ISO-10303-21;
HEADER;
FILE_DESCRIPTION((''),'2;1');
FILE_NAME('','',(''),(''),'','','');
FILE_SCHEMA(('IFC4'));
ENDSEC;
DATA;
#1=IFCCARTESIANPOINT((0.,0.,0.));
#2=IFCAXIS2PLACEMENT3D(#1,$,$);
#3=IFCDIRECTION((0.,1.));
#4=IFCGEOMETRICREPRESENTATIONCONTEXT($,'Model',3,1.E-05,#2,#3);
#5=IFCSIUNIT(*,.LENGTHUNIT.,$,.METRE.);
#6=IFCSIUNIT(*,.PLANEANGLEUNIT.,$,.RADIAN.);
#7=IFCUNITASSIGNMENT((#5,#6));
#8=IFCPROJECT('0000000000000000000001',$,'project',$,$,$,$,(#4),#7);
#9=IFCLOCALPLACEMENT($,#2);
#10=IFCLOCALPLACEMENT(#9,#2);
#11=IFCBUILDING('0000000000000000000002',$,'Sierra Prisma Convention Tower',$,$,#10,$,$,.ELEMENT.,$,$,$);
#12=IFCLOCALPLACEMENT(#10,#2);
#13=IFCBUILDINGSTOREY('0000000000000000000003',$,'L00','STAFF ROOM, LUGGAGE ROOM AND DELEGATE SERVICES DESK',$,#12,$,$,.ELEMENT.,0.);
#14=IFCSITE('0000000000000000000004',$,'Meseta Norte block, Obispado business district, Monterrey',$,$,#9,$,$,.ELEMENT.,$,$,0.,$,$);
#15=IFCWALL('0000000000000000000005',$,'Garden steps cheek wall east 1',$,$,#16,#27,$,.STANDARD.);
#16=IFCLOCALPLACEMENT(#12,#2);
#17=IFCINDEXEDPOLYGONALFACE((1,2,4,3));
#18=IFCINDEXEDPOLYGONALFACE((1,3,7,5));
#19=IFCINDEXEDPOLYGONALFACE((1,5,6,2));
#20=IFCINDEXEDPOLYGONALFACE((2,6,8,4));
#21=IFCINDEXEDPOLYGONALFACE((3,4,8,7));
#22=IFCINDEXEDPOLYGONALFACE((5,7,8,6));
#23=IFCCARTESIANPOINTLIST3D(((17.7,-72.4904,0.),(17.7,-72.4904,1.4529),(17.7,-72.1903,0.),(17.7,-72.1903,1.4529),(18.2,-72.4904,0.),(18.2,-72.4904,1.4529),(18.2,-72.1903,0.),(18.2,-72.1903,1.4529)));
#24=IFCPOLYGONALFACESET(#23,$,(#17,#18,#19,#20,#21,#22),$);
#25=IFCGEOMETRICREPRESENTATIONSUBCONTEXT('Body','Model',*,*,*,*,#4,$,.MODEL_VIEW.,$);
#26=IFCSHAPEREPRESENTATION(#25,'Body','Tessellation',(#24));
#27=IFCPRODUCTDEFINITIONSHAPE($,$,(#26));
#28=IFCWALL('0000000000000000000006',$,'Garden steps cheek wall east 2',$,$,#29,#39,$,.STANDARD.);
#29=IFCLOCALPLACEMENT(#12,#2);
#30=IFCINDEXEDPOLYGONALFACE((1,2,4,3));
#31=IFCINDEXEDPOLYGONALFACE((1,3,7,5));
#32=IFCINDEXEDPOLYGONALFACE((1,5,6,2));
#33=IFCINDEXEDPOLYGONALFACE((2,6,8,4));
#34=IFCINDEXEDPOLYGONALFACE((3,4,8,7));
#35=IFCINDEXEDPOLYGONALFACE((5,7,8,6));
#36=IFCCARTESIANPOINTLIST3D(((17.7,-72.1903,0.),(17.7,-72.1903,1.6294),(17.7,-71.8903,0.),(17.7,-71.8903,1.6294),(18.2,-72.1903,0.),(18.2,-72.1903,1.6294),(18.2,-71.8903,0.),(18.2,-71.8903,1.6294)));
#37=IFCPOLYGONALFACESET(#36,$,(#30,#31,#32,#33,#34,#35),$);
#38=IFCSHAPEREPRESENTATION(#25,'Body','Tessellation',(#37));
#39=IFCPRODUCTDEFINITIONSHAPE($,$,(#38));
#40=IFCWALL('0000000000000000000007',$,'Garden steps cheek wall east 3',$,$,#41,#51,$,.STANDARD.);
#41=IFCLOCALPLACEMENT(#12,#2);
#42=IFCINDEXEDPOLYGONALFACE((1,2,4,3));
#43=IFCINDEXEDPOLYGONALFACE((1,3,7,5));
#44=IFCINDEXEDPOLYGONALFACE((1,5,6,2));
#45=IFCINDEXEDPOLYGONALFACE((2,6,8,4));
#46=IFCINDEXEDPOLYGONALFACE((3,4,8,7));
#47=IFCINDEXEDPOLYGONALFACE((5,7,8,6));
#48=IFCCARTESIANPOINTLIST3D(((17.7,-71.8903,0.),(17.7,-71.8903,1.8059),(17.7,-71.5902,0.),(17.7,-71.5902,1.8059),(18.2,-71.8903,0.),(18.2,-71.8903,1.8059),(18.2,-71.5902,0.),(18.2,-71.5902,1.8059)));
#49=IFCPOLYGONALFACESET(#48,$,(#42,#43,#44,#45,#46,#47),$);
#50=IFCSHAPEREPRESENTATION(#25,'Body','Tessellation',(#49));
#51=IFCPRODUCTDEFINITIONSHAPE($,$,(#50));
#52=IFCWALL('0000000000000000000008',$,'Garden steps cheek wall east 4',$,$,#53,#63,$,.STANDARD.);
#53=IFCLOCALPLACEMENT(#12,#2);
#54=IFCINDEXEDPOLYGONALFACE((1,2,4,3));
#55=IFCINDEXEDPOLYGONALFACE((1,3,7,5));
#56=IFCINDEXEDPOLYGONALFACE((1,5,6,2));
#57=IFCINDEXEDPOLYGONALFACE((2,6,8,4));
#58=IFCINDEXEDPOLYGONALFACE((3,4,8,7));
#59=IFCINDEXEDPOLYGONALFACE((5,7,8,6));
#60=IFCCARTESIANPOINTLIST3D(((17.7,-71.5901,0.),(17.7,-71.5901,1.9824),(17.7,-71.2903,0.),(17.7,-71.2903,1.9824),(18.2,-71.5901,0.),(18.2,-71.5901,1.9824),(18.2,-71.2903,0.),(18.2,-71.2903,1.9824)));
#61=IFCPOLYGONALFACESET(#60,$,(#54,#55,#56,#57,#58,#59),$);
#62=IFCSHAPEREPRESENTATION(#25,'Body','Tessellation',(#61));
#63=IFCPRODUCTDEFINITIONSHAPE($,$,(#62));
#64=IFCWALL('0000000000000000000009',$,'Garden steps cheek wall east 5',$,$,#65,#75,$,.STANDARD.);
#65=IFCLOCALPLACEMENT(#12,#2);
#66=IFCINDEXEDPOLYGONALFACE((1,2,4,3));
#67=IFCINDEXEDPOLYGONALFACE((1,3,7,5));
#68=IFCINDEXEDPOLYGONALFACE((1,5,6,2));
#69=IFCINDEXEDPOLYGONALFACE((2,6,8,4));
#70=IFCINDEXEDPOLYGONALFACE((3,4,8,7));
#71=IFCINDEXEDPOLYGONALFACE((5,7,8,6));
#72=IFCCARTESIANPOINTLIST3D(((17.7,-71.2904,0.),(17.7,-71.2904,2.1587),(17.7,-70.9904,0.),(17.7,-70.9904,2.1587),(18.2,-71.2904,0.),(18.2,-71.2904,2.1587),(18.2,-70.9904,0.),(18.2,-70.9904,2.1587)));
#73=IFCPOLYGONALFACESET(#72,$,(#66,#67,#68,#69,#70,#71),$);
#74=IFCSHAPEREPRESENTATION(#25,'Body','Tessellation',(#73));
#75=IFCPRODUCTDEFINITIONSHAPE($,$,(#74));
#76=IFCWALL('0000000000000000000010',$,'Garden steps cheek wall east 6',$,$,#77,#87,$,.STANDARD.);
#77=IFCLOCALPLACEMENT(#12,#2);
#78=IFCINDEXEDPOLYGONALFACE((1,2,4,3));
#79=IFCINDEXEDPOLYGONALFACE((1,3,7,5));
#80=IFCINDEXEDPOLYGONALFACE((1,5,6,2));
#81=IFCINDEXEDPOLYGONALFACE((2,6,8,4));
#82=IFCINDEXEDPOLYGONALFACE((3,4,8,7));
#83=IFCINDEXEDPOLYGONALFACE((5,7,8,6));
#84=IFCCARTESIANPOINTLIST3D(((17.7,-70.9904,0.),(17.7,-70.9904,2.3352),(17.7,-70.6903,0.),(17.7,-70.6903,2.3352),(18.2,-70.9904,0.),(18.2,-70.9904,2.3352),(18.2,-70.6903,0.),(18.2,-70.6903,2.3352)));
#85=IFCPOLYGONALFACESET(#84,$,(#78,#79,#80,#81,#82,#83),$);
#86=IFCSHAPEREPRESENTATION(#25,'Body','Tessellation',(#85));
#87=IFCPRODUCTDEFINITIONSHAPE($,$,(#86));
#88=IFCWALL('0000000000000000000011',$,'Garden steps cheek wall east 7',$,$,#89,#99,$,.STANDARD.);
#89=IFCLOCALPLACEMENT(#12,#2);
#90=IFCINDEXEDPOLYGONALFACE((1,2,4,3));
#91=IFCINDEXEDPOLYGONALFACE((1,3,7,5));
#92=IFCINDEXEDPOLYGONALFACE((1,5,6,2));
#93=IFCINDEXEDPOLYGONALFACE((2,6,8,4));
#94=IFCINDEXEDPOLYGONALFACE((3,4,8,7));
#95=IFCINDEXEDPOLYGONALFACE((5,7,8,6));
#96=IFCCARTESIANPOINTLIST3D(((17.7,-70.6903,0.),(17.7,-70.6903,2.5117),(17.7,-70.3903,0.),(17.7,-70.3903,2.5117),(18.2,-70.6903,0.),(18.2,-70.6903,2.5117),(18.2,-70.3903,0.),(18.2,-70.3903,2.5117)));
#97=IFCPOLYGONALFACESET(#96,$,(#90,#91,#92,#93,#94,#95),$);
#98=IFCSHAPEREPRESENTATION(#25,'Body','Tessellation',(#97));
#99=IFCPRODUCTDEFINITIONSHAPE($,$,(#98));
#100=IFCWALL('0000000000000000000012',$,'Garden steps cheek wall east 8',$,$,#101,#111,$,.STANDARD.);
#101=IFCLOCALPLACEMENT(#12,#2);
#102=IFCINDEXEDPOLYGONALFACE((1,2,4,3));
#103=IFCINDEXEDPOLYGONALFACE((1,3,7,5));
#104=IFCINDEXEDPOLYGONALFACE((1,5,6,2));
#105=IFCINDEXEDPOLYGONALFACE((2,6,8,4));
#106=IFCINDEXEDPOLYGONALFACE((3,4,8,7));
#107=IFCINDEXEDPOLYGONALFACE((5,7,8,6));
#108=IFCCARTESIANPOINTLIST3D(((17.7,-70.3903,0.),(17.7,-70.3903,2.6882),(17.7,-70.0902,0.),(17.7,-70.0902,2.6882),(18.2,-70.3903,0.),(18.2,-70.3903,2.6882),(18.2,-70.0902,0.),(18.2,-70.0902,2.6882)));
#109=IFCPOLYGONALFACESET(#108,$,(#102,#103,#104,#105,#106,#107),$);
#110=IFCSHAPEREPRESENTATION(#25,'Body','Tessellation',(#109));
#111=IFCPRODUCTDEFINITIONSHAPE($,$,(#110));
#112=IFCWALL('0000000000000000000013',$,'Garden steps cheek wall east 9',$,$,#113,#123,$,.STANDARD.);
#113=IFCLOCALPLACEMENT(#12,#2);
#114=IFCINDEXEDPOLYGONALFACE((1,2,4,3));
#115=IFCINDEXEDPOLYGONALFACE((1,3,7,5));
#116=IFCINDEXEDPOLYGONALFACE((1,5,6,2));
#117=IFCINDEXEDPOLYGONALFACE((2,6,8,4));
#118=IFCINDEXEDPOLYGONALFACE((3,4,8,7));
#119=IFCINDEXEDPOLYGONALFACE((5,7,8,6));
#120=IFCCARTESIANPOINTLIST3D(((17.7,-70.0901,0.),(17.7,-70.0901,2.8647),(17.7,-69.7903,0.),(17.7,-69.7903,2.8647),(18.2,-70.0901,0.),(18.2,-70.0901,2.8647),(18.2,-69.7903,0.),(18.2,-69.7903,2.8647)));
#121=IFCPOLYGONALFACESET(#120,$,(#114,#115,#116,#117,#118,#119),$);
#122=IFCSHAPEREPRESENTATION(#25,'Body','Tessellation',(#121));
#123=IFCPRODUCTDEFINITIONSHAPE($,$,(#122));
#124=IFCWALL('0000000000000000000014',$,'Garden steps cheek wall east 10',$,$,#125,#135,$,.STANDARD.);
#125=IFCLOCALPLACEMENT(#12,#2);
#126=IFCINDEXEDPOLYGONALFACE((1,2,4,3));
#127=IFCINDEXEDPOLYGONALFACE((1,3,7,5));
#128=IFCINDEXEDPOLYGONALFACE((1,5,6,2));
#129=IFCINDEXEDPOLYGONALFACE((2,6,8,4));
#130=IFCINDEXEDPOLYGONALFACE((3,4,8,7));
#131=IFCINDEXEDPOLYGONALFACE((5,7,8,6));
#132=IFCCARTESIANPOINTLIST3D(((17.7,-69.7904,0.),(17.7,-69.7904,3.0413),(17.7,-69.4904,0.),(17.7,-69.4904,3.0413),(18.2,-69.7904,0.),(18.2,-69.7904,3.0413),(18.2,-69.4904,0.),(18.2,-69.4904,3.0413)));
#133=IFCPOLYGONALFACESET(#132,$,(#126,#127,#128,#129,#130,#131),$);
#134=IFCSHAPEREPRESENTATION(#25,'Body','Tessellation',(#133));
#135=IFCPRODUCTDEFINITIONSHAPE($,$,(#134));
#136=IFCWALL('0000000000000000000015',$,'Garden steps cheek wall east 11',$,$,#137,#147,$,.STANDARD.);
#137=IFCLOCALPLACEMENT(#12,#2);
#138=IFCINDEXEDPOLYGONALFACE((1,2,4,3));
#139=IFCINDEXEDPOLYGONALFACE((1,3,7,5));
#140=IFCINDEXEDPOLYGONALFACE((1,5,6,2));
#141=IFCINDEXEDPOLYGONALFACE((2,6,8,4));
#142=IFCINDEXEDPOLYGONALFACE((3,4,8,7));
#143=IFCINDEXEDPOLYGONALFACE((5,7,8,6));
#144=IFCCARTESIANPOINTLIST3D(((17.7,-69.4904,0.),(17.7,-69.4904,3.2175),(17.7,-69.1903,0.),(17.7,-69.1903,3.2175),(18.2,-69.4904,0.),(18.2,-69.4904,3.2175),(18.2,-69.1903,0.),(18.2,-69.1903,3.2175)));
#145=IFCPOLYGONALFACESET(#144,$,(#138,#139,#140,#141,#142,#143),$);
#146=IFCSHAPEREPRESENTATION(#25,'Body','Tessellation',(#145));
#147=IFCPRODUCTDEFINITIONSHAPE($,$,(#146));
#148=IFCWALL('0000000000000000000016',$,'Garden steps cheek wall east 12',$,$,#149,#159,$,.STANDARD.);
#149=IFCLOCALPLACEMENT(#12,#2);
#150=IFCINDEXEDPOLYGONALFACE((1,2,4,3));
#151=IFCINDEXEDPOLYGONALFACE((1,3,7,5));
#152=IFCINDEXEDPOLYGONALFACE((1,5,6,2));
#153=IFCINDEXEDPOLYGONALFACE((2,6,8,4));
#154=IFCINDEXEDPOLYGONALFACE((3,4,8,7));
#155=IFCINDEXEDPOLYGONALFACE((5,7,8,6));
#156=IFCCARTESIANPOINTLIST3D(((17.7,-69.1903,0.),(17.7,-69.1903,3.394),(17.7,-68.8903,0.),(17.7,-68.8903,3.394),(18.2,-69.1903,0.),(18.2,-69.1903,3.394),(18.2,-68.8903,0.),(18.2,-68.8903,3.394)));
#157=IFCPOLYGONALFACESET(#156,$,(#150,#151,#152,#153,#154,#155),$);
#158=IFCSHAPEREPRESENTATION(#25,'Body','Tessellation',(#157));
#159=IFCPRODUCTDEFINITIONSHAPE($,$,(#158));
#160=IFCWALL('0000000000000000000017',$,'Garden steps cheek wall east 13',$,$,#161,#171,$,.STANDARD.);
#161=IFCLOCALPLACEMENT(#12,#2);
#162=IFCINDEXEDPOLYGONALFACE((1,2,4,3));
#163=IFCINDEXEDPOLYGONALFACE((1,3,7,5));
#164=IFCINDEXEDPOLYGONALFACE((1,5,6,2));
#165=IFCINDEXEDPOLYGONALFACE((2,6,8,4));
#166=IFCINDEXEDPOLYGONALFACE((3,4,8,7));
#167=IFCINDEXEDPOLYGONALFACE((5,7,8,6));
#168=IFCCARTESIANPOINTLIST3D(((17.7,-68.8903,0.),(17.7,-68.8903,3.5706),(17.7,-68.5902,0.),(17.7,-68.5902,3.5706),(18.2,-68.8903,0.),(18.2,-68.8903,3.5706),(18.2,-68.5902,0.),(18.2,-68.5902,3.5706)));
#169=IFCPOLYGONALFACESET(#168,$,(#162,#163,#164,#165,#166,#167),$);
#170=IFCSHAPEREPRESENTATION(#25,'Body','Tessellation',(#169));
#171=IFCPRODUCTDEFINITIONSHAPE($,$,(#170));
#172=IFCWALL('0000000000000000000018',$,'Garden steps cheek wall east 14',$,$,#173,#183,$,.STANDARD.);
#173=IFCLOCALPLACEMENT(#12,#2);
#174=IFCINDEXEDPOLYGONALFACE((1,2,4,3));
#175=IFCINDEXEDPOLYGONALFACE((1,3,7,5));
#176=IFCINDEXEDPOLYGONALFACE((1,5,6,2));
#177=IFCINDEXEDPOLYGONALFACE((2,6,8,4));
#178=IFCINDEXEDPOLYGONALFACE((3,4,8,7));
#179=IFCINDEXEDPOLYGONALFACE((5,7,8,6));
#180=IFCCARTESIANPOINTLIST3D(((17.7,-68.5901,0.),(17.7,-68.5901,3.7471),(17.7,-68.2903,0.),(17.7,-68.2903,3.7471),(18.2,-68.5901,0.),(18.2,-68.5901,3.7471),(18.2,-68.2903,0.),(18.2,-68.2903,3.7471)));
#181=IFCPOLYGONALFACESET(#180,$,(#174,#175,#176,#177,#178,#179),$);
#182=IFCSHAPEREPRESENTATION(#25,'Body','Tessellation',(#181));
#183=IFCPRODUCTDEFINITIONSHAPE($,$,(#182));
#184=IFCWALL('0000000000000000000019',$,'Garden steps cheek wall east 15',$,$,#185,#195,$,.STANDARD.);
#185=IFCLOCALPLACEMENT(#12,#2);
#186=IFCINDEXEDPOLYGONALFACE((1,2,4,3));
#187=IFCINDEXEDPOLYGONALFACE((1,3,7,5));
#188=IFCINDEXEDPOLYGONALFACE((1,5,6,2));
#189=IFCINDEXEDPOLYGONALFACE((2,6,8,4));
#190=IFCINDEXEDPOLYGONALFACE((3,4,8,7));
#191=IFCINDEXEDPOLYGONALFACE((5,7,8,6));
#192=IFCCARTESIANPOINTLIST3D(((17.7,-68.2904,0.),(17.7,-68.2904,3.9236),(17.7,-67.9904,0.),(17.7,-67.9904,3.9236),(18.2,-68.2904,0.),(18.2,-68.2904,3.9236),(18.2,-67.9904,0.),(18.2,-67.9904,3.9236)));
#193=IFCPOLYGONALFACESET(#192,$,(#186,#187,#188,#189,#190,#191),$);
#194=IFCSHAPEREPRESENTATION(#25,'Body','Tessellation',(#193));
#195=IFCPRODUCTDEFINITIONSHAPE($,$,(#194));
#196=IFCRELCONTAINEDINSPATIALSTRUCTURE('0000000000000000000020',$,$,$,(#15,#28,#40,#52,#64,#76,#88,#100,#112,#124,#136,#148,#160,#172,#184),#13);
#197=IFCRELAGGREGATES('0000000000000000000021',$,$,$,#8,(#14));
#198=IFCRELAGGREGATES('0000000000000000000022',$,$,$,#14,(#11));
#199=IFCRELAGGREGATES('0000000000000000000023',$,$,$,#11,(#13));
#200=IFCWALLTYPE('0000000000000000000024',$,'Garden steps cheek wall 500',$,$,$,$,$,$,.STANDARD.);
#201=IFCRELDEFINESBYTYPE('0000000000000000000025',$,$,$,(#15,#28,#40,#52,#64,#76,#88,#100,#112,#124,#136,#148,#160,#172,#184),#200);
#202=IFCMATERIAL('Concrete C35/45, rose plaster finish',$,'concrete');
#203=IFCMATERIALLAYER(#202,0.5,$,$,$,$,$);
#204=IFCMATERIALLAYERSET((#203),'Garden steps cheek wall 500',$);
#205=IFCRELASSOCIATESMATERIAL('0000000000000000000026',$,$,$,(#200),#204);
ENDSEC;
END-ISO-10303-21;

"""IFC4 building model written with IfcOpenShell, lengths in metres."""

from ifc_helpers import new_model, si_unit, direction, frame, frame_2d, origin, place, context, subcontext, project, spatial, rectangle, extrude, material, layer, layer_set, type_object, element, save


model = new_model("IFC4")

# Units and contexts
model_context = context("Model", 3, precision=1e-05, world=origin(), true_north=direction((0.0, 1.0)))
body_context = subcontext(model_context, "Body", "Model", "MODEL_VIEW")
ifc_project = project(units=[si_unit("LENGTHUNIT", "METRE"), si_unit("PLANEANGLEUNIT", "RADIAN")], contexts=[model_context])

# Site, building, storey
site_placement = place(None, origin())
site = spatial("IfcSite", under=ifc_project, at=site_placement, Name="Meseta Norte block, Obispado business district, Monterrey", CompositionType="ELEMENT", RefElevation=0.0)
building_placement = place(site_placement, origin())
building = spatial("IfcBuilding", under=site, at=building_placement, Name="Sierra Prisma Convention Tower", CompositionType="ELEMENT")
storey_placement = place(building_placement, origin())
storey = spatial("IfcBuildingStorey", under=building, at=storey_placement, Name="L00", Description="STAFF ROOM, LUGGAGE ROOM AND DELEGATE SERVICES DESK", CompositionType="ELEMENT", Elevation=0.0)

# Walls
ifc_material_1 = material(Name="Concrete C35/45, rose plaster finish", Category="concrete")
ifc_layer_1 = layer(ifc_material_1, 0.5)
ifc_layer_set_1 = layer_set([ifc_layer_1], Name="Garden steps cheek wall 500")
wall_type_1 = type_object("IfcWallType", Name="Garden steps cheek wall 500", PredefinedType="STANDARD", material=ifc_layer_set_1)
wall_1_placement = place(storey_placement, frame((17.95, -72.4902, 0.0), z_axis=(0.0, 0.0, 1.0), x_axis=(0.0, 1.0, 0.0)))
element("IfcWall", 1, at=wall_1_placement, inside=storey, type_object=wall_type_1, Name="Garden steps cheek wall east 1", PredefinedType="STANDARD", context=body_context, shape_type="SweptSolid", body=[
    extrude(rectangle(XDim=0.3, YDim=0.5, at=frame_2d((0.1499, 0.0))), origin(), (0.0, 0.0, 1.0), 1.4529),
])
wall_2_placement = place(storey_placement, frame((17.95, -72.1902, 0.0), z_axis=(0.0, 0.0, 1.0), x_axis=(0.0, 1.0, 0.0)))
element("IfcWall", 2, at=wall_2_placement, inside=storey, type_object=wall_type_1, Name="Garden steps cheek wall east 2", PredefinedType="STANDARD", context=body_context, shape_type="SweptSolid", body=[
    extrude(rectangle(XDim=0.3, YDim=0.5, at=frame_2d((0.1499, 0.0))), origin(), (0.0, 0.0, 1.0), 1.6294),
])
wall_3_placement = place(storey_placement, frame((17.95, -71.8901, 0.0), z_axis=(0.0, 0.0, 1.0), x_axis=(0.0, 1.0, 0.0)))
element("IfcWall", 3, at=wall_3_placement, inside=storey, type_object=wall_type_1, Name="Garden steps cheek wall east 3", PredefinedType="STANDARD", context=body_context, shape_type="SweptSolid", body=[
    extrude(rectangle(XDim=0.3, YDim=0.5, at=frame_2d((0.1499, 0.0))), origin(), (0.0, 0.0, 1.0), 1.8059),
])
wall_4_placement = place(storey_placement, frame((17.95, -71.5901, 0.0), z_axis=(0.0, 0.0, 1.0), x_axis=(0.0, 1.0, 0.0)))
element("IfcWall", 4, at=wall_4_placement, inside=storey, type_object=wall_type_1, Name="Garden steps cheek wall east 4", PredefinedType="STANDARD", context=body_context, shape_type="SweptSolid", body=[
    extrude(rectangle(XDim=0.2998, YDim=0.5, at=frame_2d((0.1499, 0.0))), origin(), (0.0, 0.0, 1.0), 1.9824),
])
wall_5_placement = place(storey_placement, frame((17.95, -71.2903, 0.0), z_axis=(0.0, 0.0, 1.0), x_axis=(0.0, 1.0, 0.0)))
element("IfcWall", 5, at=wall_5_placement, inside=storey, type_object=wall_type_1, Name="Garden steps cheek wall east 5", PredefinedType="STANDARD", context=body_context, shape_type="SweptSolid", body=[
    extrude(rectangle(XDim=0.3, YDim=0.5, at=frame_2d((0.1499, 0.0))), origin(), (0.0, 0.0, 1.0), 2.1587),
])
wall_6_placement = place(storey_placement, frame((17.95, -70.9902, 0.0), z_axis=(0.0, 0.0, 1.0), x_axis=(0.0, 1.0, 0.0)))
element("IfcWall", 6, at=wall_6_placement, inside=storey, type_object=wall_type_1, Name="Garden steps cheek wall east 6", PredefinedType="STANDARD", context=body_context, shape_type="SweptSolid", body=[
    extrude(rectangle(XDim=0.3, YDim=0.5, at=frame_2d((0.1499, 0.0))), origin(), (0.0, 0.0, 1.0), 2.3352),
])
wall_7_placement = place(storey_placement, frame((17.95, -70.6902, 0.0), z_axis=(0.0, 0.0, 1.0), x_axis=(0.0, 1.0, 0.0)))
element("IfcWall", 7, at=wall_7_placement, inside=storey, type_object=wall_type_1, Name="Garden steps cheek wall east 7", PredefinedType="STANDARD", context=body_context, shape_type="SweptSolid", body=[
    extrude(rectangle(XDim=0.3, YDim=0.5, at=frame_2d((0.1499, 0.0))), origin(), (0.0, 0.0, 1.0), 2.5117),
])
wall_8_placement = place(storey_placement, frame((17.95, -70.3901, 0.0), z_axis=(0.0, 0.0, 1.0), x_axis=(0.0, 1.0, 0.0)))
element("IfcWall", 8, at=wall_8_placement, inside=storey, type_object=wall_type_1, Name="Garden steps cheek wall east 8", PredefinedType="STANDARD", context=body_context, shape_type="SweptSolid", body=[
    extrude(rectangle(XDim=0.3, YDim=0.5, at=frame_2d((0.1499, 0.0))), origin(), (0.0, 0.0, 1.0), 2.6882),
])
wall_9_placement = place(storey_placement, frame((17.95, -70.0901, 0.0), z_axis=(0.0, 0.0, 1.0), x_axis=(0.0, 1.0, 0.0)))
element("IfcWall", 9, at=wall_9_placement, inside=storey, type_object=wall_type_1, Name="Garden steps cheek wall east 9", PredefinedType="STANDARD", context=body_context, shape_type="SweptSolid", body=[
    extrude(rectangle(XDim=0.2998, YDim=0.5, at=frame_2d((0.1499, 0.0))), origin(), (0.0, 0.0, 1.0), 2.8647),
])
wall_10_placement = place(storey_placement, frame((17.95, -69.7903, 0.0), z_axis=(0.0, 0.0, 1.0), x_axis=(0.0, 1.0, 0.0)))
element("IfcWall", 10, at=wall_10_placement, inside=storey, type_object=wall_type_1, Name="Garden steps cheek wall east 10", PredefinedType="STANDARD", context=body_context, shape_type="SweptSolid", body=[
    extrude(rectangle(XDim=0.3, YDim=0.5, at=frame_2d((0.1499, 0.0))), origin(), (0.0, 0.0, 1.0), 3.0413),
])
wall_11_placement = place(storey_placement, frame((17.95, -69.4902, 0.0), z_axis=(0.0, 0.0, 1.0), x_axis=(0.0, 1.0, 0.0)))
element("IfcWall", 11, at=wall_11_placement, inside=storey, type_object=wall_type_1, Name="Garden steps cheek wall east 11", PredefinedType="STANDARD", context=body_context, shape_type="SweptSolid", body=[
    extrude(rectangle(XDim=0.3, YDim=0.5, at=frame_2d((0.1499, 0.0))), origin(), (0.0, 0.0, 1.0), 3.2175),
])
wall_12_placement = place(storey_placement, frame((17.95, -69.1902, 0.0), z_axis=(0.0, 0.0, 1.0), x_axis=(0.0, 1.0, 0.0)))
element("IfcWall", 12, at=wall_12_placement, inside=storey, type_object=wall_type_1, Name="Garden steps cheek wall east 12", PredefinedType="STANDARD", context=body_context, shape_type="SweptSolid", body=[
    extrude(rectangle(XDim=0.3, YDim=0.5, at=frame_2d((0.1499, 0.0))), origin(), (0.0, 0.0, 1.0), 3.394),
])
wall_13_placement = place(storey_placement, frame((17.95, -68.8901, 0.0), z_axis=(0.0, 0.0, 1.0), x_axis=(0.0, 1.0, 0.0)))
element("IfcWall", 13, at=wall_13_placement, inside=storey, type_object=wall_type_1, Name="Garden steps cheek wall east 13", PredefinedType="STANDARD", context=body_context, shape_type="SweptSolid", body=[
    extrude(rectangle(XDim=0.3, YDim=0.5, at=frame_2d((0.1499, 0.0))), origin(), (0.0, 0.0, 1.0), 3.5706),
])
wall_14_placement = place(storey_placement, frame((17.95, -68.5901, 0.0), z_axis=(0.0, 0.0, 1.0), x_axis=(0.0, 1.0, 0.0)))
element("IfcWall", 14, at=wall_14_placement, inside=storey, type_object=wall_type_1, Name="Garden steps cheek wall east 14", PredefinedType="STANDARD", context=body_context, shape_type="SweptSolid", body=[
    extrude(rectangle(XDim=0.2998, YDim=0.5, at=frame_2d((0.1499, 0.0))), origin(), (0.0, 0.0, 1.0), 3.7471),
])
wall_15_placement = place(storey_placement, frame((17.95, -68.2903, 0.0), z_axis=(0.0, 0.0, 1.0), x_axis=(0.0, 1.0, 0.0)))
element("IfcWall", 15, at=wall_15_placement, inside=storey, type_object=wall_type_1, Name="Garden steps cheek wall east 15", PredefinedType="STANDARD", context=body_context, shape_type="SweptSolid", body=[
    extrude(rectangle(XDim=0.3, YDim=0.5, at=frame_2d((0.1499, 0.0))), origin(), (0.0, 0.0, 1.0), 3.9236),
])

save(model, "model.ifc")
